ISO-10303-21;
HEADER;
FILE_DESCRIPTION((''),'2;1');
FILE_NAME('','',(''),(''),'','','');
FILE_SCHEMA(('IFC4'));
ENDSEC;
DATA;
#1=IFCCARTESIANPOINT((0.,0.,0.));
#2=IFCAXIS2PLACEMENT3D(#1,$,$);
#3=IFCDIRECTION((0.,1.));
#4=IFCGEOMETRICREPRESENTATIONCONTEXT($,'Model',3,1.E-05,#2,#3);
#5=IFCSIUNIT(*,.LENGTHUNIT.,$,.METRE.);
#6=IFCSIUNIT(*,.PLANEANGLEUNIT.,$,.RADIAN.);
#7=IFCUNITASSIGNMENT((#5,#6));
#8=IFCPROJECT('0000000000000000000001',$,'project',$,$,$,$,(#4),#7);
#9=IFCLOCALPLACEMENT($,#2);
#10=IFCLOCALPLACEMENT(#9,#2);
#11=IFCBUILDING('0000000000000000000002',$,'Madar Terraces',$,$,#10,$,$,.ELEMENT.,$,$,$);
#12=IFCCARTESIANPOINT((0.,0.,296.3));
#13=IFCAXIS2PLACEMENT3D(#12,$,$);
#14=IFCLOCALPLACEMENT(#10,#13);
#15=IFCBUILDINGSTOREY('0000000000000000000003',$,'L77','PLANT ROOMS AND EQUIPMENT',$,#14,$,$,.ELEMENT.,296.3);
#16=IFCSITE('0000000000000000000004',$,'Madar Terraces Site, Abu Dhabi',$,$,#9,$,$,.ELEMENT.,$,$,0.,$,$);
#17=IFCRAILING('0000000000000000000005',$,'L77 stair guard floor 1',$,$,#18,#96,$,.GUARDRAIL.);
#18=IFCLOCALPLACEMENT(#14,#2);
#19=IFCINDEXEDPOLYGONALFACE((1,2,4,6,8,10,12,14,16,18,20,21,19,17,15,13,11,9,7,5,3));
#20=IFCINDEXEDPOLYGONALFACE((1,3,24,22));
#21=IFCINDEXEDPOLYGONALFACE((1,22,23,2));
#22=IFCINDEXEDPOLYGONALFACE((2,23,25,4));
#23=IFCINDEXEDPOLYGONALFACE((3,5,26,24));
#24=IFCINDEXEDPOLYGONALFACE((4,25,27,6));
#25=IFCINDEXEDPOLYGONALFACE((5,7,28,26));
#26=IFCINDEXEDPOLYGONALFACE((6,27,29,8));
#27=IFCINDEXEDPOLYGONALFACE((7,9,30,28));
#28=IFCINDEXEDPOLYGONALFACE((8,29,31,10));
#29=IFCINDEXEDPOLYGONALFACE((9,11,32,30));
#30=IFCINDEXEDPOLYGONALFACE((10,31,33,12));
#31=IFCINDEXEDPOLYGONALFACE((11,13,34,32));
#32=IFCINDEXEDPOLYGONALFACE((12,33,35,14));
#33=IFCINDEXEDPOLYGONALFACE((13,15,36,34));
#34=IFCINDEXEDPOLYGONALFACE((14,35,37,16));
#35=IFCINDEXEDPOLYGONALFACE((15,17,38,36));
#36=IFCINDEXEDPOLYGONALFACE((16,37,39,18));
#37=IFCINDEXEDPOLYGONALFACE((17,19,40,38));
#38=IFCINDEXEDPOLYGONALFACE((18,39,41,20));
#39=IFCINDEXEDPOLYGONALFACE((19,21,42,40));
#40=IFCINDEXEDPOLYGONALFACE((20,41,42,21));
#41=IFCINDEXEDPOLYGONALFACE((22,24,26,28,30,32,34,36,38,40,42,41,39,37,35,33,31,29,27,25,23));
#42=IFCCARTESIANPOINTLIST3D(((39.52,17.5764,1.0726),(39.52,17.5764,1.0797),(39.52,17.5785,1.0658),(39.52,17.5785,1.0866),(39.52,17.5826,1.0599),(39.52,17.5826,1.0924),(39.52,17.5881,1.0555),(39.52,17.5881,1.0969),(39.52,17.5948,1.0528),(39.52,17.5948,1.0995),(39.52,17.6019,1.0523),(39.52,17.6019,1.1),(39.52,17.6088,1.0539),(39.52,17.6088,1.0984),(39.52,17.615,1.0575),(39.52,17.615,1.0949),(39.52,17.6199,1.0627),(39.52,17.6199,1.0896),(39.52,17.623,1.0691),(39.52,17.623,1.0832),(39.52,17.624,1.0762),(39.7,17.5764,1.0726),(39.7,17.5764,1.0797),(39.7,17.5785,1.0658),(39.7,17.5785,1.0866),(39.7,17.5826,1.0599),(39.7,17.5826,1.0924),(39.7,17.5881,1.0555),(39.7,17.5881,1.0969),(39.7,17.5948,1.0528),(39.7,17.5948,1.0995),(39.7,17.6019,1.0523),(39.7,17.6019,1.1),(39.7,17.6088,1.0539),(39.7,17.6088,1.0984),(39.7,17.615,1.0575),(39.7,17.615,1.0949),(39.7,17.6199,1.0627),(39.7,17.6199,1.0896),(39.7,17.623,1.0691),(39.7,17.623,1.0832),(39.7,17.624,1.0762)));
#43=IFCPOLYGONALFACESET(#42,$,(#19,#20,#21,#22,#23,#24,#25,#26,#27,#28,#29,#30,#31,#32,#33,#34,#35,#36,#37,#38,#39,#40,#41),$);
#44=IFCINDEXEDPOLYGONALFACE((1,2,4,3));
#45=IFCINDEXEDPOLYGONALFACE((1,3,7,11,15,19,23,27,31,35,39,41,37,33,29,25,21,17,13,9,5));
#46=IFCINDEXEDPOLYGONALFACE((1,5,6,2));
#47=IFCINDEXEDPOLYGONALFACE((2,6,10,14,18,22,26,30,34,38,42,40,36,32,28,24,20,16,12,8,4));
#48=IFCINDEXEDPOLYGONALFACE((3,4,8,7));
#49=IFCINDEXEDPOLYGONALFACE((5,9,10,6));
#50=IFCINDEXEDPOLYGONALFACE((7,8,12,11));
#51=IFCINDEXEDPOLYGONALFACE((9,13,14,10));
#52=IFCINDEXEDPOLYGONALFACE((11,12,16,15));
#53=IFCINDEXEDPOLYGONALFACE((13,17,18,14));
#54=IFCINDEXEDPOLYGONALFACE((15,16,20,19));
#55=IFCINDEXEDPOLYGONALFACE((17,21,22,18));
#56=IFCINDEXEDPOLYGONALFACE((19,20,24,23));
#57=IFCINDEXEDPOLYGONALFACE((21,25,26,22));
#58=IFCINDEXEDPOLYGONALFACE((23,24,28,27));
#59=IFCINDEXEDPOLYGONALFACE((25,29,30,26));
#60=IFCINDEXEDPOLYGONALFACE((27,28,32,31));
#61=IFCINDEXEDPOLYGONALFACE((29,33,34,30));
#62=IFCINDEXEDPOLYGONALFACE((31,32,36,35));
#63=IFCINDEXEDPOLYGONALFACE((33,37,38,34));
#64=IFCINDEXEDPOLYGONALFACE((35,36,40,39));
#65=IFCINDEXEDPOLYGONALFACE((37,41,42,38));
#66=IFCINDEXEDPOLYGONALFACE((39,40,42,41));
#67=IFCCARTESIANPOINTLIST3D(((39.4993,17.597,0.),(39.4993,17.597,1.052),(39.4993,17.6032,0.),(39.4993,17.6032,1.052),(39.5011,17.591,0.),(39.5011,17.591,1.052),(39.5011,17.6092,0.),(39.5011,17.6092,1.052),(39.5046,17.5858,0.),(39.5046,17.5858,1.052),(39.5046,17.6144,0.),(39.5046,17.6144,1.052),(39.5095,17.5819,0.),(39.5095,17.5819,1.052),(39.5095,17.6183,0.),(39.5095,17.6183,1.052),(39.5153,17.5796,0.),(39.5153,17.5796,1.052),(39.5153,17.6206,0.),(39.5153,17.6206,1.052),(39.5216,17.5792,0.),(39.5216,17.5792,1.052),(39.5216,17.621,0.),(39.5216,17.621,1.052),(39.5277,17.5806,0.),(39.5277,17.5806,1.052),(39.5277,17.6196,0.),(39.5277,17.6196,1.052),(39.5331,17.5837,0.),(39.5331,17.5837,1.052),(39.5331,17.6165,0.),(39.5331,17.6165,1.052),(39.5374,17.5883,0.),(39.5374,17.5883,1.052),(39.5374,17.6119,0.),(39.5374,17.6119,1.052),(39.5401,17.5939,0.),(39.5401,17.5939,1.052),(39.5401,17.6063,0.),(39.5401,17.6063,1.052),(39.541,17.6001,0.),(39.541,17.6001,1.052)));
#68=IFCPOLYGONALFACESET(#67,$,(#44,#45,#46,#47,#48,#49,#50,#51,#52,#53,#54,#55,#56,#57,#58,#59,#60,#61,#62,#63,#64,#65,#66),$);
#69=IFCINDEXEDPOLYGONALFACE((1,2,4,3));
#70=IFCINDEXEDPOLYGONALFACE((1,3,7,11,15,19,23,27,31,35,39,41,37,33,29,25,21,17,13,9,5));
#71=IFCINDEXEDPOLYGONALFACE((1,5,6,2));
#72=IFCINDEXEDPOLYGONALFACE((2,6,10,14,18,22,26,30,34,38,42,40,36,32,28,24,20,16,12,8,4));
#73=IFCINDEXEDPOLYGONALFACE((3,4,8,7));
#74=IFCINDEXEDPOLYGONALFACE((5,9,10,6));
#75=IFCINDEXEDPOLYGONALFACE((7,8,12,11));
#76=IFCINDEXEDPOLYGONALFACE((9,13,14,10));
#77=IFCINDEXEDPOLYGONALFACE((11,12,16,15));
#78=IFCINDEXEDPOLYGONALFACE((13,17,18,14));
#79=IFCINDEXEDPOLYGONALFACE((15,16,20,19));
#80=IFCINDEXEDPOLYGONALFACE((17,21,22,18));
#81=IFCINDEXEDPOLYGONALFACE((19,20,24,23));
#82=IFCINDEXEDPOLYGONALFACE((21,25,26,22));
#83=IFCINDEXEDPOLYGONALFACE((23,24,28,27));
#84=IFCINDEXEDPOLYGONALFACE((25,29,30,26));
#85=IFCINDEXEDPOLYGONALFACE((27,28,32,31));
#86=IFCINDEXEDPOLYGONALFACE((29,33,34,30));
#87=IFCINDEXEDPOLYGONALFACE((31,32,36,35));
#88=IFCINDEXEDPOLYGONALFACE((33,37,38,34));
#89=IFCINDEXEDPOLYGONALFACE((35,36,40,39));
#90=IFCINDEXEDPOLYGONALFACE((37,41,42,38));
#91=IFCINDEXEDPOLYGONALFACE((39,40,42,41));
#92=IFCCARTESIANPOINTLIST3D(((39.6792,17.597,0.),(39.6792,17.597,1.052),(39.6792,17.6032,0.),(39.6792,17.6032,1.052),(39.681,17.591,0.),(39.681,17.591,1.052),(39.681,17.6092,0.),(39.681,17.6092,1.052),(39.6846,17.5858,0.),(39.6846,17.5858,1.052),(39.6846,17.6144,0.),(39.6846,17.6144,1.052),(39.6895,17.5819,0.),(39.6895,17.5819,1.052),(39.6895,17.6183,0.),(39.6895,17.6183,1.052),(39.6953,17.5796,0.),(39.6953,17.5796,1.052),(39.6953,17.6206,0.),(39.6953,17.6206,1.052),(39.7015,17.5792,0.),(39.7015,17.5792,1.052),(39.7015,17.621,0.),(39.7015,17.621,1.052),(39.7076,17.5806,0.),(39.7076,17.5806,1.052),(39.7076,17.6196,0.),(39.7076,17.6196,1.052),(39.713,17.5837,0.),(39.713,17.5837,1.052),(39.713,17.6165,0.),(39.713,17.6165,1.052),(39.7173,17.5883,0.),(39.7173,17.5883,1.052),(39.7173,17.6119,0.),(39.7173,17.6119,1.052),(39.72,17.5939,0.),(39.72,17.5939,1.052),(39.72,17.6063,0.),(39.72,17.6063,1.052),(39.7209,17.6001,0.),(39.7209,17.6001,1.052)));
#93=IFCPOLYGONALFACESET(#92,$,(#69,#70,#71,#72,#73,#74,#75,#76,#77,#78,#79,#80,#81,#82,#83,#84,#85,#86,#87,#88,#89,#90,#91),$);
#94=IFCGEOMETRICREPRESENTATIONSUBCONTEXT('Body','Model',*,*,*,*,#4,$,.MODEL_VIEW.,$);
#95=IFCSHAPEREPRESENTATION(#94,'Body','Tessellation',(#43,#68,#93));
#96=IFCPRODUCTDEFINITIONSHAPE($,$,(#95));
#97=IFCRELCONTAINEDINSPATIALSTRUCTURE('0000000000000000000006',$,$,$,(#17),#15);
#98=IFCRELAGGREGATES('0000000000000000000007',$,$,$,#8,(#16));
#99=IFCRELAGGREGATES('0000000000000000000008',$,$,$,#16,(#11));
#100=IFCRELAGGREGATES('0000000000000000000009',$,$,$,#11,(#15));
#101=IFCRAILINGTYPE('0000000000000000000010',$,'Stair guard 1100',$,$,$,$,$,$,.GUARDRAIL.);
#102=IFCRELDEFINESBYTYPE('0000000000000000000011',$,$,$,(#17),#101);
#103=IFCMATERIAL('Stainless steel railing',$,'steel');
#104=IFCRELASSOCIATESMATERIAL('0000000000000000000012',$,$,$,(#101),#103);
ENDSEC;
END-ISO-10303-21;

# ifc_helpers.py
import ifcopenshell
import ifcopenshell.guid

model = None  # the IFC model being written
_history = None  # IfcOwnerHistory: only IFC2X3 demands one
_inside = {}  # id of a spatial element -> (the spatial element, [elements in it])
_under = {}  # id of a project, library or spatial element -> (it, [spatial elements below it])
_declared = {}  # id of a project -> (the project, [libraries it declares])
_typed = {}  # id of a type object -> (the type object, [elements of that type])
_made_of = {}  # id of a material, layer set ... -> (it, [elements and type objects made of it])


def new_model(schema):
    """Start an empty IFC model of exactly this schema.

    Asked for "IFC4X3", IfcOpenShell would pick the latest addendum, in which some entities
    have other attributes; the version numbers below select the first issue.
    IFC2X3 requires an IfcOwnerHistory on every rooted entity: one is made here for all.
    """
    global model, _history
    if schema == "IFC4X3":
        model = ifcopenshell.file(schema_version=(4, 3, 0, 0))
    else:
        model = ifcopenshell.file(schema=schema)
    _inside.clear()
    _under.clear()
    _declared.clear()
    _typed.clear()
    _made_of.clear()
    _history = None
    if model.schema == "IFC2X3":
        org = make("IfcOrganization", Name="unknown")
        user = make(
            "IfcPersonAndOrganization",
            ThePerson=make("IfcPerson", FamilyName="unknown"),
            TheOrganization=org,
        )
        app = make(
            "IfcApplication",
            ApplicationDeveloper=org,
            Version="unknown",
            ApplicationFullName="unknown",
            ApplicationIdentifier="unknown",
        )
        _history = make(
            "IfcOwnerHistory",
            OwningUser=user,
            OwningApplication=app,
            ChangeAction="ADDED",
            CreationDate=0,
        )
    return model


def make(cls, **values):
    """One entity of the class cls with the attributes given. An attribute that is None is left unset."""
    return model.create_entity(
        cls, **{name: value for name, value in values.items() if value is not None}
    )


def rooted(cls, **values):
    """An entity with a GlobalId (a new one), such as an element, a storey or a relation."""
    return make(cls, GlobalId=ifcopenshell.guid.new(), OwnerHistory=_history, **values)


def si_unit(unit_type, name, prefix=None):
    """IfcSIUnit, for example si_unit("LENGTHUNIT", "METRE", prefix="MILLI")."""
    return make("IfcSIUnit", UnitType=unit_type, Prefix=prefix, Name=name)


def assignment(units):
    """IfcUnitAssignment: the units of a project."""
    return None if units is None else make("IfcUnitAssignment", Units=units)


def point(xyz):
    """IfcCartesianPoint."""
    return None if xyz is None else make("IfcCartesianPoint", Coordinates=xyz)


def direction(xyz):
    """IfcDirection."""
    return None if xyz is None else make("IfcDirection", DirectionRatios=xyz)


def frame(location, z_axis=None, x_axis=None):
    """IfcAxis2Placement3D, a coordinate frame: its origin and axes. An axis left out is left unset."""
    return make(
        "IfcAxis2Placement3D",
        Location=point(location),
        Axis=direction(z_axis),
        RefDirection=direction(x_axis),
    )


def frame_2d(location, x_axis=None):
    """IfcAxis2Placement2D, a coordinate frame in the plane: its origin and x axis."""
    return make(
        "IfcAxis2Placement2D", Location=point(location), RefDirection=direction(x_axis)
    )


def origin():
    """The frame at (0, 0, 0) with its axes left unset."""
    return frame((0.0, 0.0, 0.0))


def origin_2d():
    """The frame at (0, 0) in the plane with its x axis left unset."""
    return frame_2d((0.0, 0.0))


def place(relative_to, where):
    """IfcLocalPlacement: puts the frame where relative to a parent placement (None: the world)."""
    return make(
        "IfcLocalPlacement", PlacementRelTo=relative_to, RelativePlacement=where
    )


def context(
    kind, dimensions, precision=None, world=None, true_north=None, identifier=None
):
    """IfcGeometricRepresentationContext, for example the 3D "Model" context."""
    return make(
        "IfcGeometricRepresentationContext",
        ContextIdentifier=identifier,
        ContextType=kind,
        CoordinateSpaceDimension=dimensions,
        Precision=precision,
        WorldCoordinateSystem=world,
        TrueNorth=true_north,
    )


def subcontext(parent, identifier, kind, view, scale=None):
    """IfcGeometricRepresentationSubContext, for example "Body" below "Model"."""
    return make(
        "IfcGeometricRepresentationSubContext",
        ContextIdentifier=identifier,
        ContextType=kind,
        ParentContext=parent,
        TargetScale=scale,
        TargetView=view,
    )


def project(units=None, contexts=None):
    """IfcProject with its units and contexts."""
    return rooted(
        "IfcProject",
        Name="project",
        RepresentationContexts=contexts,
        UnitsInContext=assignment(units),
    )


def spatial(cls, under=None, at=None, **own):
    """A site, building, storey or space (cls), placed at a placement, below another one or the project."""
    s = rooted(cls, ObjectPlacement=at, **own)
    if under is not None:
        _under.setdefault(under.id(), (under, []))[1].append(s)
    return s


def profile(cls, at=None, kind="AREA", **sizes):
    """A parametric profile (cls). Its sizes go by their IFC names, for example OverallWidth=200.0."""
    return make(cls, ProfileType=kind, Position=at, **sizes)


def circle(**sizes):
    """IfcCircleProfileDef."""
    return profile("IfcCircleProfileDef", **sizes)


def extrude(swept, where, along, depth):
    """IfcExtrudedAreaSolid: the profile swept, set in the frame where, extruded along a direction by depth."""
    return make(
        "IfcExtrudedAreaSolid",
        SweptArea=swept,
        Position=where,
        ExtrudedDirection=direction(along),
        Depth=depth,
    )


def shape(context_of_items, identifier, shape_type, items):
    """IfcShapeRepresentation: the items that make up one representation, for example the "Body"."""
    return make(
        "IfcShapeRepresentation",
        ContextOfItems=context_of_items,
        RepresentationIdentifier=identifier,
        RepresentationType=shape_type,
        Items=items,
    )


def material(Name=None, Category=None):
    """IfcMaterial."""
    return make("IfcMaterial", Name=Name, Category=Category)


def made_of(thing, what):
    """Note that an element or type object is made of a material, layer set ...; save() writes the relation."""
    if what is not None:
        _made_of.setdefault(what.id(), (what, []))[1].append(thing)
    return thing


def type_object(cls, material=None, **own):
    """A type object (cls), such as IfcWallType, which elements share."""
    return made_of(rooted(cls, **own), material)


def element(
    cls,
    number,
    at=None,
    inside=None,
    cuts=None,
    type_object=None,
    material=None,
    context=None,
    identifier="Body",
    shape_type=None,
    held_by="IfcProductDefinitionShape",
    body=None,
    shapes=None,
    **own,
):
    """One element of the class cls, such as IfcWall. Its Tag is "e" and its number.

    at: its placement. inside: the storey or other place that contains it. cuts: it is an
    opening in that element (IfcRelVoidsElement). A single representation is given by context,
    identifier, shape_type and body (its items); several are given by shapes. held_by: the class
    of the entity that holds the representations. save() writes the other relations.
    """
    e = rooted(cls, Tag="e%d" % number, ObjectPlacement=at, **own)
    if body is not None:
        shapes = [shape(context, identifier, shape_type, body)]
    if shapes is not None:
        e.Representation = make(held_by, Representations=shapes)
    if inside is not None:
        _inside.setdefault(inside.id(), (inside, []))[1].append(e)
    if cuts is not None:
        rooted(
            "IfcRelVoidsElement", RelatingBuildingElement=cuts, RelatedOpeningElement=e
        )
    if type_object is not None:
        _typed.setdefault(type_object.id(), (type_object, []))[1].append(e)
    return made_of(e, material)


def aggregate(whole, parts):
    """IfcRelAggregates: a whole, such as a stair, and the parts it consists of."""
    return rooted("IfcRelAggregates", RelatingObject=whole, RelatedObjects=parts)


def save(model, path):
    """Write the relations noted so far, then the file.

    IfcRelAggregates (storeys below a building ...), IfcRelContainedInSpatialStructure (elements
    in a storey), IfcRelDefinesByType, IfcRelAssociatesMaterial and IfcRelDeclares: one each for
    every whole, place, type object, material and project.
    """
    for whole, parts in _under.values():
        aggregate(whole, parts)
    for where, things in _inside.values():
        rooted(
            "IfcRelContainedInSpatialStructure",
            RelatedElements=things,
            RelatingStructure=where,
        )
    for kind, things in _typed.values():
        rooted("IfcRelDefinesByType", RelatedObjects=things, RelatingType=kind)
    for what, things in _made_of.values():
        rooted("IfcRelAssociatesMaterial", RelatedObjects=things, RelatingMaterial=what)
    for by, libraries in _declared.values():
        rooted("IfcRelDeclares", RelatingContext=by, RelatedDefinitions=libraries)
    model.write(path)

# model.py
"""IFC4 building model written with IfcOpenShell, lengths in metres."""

from ifc_helpers import new_model, si_unit, direction, frame, origin, origin_2d, place, context, subcontext, project, spatial, circle, extrude, material, type_object, element, save


model = new_model("IFC4")

# Units and contexts
model_context = context("Model", 3, precision=1e-05, world=origin(), true_north=direction((0.0, 1.0)))
body_context = subcontext(model_context, "Body", "Model", "MODEL_VIEW")
ifc_project = project(units=[si_unit("LENGTHUNIT", "METRE"), si_unit("PLANEANGLEUNIT", "RADIAN")], contexts=[model_context])

# Site, building, storey
site_placement = place(None, origin())
site = spatial("IfcSite", under=ifc_project, at=site_placement, Name="Madar Terraces Site, Abu Dhabi", CompositionType="ELEMENT", RefElevation=0.0)
building_placement = place(site_placement, origin())
building = spatial("IfcBuilding", under=site, at=building_placement, Name="Madar Terraces", CompositionType="ELEMENT")
storey_placement = place(building_placement, frame((0.0, 0.0, 296.3)))
storey = spatial("IfcBuildingStorey", under=building, at=storey_placement, Name="L77", Description="PLANT ROOMS AND EQUIPMENT", CompositionType="ELEMENT", Elevation=296.3)

# Railing
ifc_material_1 = material(Name="Stainless steel railing", Category="steel")
railing_type_1 = type_object("IfcRailingType", Name="Stair guard 1100", PredefinedType="GUARDRAIL", material=ifc_material_1)
for number, where, name in (
    (1, (39.52, 17.6001, 0.0), "L77 stair guard floor 1"),
):
    element("IfcRailing", number, at=place(storey_placement, frame(where)), inside=storey, type_object=railing_type_1, Name=name, PredefinedType="GUARDRAIL", context=body_context, shape_type="SweptSolid", body=[
        extrude(circle(Radius=0.0239, at=origin_2d()), frame((0.0, 0.0, 1.0762), z_axis=(1.0, 0.0, 0.0), x_axis=(0.0, 1.0, 0.0)), (0.0, 0.0, 1.0), 0.1799),
        extrude(circle(Radius=0.021, at=origin_2d()), origin(), (0.0, 0.0, 1.0), 1.052),
        extrude(circle(Radius=0.021, at=origin_2d()), frame((0.1799, 0.0, 0.0)), (0.0, 0.0, 1.0), 1.052),
    ])

save(model, "model.ifc")
